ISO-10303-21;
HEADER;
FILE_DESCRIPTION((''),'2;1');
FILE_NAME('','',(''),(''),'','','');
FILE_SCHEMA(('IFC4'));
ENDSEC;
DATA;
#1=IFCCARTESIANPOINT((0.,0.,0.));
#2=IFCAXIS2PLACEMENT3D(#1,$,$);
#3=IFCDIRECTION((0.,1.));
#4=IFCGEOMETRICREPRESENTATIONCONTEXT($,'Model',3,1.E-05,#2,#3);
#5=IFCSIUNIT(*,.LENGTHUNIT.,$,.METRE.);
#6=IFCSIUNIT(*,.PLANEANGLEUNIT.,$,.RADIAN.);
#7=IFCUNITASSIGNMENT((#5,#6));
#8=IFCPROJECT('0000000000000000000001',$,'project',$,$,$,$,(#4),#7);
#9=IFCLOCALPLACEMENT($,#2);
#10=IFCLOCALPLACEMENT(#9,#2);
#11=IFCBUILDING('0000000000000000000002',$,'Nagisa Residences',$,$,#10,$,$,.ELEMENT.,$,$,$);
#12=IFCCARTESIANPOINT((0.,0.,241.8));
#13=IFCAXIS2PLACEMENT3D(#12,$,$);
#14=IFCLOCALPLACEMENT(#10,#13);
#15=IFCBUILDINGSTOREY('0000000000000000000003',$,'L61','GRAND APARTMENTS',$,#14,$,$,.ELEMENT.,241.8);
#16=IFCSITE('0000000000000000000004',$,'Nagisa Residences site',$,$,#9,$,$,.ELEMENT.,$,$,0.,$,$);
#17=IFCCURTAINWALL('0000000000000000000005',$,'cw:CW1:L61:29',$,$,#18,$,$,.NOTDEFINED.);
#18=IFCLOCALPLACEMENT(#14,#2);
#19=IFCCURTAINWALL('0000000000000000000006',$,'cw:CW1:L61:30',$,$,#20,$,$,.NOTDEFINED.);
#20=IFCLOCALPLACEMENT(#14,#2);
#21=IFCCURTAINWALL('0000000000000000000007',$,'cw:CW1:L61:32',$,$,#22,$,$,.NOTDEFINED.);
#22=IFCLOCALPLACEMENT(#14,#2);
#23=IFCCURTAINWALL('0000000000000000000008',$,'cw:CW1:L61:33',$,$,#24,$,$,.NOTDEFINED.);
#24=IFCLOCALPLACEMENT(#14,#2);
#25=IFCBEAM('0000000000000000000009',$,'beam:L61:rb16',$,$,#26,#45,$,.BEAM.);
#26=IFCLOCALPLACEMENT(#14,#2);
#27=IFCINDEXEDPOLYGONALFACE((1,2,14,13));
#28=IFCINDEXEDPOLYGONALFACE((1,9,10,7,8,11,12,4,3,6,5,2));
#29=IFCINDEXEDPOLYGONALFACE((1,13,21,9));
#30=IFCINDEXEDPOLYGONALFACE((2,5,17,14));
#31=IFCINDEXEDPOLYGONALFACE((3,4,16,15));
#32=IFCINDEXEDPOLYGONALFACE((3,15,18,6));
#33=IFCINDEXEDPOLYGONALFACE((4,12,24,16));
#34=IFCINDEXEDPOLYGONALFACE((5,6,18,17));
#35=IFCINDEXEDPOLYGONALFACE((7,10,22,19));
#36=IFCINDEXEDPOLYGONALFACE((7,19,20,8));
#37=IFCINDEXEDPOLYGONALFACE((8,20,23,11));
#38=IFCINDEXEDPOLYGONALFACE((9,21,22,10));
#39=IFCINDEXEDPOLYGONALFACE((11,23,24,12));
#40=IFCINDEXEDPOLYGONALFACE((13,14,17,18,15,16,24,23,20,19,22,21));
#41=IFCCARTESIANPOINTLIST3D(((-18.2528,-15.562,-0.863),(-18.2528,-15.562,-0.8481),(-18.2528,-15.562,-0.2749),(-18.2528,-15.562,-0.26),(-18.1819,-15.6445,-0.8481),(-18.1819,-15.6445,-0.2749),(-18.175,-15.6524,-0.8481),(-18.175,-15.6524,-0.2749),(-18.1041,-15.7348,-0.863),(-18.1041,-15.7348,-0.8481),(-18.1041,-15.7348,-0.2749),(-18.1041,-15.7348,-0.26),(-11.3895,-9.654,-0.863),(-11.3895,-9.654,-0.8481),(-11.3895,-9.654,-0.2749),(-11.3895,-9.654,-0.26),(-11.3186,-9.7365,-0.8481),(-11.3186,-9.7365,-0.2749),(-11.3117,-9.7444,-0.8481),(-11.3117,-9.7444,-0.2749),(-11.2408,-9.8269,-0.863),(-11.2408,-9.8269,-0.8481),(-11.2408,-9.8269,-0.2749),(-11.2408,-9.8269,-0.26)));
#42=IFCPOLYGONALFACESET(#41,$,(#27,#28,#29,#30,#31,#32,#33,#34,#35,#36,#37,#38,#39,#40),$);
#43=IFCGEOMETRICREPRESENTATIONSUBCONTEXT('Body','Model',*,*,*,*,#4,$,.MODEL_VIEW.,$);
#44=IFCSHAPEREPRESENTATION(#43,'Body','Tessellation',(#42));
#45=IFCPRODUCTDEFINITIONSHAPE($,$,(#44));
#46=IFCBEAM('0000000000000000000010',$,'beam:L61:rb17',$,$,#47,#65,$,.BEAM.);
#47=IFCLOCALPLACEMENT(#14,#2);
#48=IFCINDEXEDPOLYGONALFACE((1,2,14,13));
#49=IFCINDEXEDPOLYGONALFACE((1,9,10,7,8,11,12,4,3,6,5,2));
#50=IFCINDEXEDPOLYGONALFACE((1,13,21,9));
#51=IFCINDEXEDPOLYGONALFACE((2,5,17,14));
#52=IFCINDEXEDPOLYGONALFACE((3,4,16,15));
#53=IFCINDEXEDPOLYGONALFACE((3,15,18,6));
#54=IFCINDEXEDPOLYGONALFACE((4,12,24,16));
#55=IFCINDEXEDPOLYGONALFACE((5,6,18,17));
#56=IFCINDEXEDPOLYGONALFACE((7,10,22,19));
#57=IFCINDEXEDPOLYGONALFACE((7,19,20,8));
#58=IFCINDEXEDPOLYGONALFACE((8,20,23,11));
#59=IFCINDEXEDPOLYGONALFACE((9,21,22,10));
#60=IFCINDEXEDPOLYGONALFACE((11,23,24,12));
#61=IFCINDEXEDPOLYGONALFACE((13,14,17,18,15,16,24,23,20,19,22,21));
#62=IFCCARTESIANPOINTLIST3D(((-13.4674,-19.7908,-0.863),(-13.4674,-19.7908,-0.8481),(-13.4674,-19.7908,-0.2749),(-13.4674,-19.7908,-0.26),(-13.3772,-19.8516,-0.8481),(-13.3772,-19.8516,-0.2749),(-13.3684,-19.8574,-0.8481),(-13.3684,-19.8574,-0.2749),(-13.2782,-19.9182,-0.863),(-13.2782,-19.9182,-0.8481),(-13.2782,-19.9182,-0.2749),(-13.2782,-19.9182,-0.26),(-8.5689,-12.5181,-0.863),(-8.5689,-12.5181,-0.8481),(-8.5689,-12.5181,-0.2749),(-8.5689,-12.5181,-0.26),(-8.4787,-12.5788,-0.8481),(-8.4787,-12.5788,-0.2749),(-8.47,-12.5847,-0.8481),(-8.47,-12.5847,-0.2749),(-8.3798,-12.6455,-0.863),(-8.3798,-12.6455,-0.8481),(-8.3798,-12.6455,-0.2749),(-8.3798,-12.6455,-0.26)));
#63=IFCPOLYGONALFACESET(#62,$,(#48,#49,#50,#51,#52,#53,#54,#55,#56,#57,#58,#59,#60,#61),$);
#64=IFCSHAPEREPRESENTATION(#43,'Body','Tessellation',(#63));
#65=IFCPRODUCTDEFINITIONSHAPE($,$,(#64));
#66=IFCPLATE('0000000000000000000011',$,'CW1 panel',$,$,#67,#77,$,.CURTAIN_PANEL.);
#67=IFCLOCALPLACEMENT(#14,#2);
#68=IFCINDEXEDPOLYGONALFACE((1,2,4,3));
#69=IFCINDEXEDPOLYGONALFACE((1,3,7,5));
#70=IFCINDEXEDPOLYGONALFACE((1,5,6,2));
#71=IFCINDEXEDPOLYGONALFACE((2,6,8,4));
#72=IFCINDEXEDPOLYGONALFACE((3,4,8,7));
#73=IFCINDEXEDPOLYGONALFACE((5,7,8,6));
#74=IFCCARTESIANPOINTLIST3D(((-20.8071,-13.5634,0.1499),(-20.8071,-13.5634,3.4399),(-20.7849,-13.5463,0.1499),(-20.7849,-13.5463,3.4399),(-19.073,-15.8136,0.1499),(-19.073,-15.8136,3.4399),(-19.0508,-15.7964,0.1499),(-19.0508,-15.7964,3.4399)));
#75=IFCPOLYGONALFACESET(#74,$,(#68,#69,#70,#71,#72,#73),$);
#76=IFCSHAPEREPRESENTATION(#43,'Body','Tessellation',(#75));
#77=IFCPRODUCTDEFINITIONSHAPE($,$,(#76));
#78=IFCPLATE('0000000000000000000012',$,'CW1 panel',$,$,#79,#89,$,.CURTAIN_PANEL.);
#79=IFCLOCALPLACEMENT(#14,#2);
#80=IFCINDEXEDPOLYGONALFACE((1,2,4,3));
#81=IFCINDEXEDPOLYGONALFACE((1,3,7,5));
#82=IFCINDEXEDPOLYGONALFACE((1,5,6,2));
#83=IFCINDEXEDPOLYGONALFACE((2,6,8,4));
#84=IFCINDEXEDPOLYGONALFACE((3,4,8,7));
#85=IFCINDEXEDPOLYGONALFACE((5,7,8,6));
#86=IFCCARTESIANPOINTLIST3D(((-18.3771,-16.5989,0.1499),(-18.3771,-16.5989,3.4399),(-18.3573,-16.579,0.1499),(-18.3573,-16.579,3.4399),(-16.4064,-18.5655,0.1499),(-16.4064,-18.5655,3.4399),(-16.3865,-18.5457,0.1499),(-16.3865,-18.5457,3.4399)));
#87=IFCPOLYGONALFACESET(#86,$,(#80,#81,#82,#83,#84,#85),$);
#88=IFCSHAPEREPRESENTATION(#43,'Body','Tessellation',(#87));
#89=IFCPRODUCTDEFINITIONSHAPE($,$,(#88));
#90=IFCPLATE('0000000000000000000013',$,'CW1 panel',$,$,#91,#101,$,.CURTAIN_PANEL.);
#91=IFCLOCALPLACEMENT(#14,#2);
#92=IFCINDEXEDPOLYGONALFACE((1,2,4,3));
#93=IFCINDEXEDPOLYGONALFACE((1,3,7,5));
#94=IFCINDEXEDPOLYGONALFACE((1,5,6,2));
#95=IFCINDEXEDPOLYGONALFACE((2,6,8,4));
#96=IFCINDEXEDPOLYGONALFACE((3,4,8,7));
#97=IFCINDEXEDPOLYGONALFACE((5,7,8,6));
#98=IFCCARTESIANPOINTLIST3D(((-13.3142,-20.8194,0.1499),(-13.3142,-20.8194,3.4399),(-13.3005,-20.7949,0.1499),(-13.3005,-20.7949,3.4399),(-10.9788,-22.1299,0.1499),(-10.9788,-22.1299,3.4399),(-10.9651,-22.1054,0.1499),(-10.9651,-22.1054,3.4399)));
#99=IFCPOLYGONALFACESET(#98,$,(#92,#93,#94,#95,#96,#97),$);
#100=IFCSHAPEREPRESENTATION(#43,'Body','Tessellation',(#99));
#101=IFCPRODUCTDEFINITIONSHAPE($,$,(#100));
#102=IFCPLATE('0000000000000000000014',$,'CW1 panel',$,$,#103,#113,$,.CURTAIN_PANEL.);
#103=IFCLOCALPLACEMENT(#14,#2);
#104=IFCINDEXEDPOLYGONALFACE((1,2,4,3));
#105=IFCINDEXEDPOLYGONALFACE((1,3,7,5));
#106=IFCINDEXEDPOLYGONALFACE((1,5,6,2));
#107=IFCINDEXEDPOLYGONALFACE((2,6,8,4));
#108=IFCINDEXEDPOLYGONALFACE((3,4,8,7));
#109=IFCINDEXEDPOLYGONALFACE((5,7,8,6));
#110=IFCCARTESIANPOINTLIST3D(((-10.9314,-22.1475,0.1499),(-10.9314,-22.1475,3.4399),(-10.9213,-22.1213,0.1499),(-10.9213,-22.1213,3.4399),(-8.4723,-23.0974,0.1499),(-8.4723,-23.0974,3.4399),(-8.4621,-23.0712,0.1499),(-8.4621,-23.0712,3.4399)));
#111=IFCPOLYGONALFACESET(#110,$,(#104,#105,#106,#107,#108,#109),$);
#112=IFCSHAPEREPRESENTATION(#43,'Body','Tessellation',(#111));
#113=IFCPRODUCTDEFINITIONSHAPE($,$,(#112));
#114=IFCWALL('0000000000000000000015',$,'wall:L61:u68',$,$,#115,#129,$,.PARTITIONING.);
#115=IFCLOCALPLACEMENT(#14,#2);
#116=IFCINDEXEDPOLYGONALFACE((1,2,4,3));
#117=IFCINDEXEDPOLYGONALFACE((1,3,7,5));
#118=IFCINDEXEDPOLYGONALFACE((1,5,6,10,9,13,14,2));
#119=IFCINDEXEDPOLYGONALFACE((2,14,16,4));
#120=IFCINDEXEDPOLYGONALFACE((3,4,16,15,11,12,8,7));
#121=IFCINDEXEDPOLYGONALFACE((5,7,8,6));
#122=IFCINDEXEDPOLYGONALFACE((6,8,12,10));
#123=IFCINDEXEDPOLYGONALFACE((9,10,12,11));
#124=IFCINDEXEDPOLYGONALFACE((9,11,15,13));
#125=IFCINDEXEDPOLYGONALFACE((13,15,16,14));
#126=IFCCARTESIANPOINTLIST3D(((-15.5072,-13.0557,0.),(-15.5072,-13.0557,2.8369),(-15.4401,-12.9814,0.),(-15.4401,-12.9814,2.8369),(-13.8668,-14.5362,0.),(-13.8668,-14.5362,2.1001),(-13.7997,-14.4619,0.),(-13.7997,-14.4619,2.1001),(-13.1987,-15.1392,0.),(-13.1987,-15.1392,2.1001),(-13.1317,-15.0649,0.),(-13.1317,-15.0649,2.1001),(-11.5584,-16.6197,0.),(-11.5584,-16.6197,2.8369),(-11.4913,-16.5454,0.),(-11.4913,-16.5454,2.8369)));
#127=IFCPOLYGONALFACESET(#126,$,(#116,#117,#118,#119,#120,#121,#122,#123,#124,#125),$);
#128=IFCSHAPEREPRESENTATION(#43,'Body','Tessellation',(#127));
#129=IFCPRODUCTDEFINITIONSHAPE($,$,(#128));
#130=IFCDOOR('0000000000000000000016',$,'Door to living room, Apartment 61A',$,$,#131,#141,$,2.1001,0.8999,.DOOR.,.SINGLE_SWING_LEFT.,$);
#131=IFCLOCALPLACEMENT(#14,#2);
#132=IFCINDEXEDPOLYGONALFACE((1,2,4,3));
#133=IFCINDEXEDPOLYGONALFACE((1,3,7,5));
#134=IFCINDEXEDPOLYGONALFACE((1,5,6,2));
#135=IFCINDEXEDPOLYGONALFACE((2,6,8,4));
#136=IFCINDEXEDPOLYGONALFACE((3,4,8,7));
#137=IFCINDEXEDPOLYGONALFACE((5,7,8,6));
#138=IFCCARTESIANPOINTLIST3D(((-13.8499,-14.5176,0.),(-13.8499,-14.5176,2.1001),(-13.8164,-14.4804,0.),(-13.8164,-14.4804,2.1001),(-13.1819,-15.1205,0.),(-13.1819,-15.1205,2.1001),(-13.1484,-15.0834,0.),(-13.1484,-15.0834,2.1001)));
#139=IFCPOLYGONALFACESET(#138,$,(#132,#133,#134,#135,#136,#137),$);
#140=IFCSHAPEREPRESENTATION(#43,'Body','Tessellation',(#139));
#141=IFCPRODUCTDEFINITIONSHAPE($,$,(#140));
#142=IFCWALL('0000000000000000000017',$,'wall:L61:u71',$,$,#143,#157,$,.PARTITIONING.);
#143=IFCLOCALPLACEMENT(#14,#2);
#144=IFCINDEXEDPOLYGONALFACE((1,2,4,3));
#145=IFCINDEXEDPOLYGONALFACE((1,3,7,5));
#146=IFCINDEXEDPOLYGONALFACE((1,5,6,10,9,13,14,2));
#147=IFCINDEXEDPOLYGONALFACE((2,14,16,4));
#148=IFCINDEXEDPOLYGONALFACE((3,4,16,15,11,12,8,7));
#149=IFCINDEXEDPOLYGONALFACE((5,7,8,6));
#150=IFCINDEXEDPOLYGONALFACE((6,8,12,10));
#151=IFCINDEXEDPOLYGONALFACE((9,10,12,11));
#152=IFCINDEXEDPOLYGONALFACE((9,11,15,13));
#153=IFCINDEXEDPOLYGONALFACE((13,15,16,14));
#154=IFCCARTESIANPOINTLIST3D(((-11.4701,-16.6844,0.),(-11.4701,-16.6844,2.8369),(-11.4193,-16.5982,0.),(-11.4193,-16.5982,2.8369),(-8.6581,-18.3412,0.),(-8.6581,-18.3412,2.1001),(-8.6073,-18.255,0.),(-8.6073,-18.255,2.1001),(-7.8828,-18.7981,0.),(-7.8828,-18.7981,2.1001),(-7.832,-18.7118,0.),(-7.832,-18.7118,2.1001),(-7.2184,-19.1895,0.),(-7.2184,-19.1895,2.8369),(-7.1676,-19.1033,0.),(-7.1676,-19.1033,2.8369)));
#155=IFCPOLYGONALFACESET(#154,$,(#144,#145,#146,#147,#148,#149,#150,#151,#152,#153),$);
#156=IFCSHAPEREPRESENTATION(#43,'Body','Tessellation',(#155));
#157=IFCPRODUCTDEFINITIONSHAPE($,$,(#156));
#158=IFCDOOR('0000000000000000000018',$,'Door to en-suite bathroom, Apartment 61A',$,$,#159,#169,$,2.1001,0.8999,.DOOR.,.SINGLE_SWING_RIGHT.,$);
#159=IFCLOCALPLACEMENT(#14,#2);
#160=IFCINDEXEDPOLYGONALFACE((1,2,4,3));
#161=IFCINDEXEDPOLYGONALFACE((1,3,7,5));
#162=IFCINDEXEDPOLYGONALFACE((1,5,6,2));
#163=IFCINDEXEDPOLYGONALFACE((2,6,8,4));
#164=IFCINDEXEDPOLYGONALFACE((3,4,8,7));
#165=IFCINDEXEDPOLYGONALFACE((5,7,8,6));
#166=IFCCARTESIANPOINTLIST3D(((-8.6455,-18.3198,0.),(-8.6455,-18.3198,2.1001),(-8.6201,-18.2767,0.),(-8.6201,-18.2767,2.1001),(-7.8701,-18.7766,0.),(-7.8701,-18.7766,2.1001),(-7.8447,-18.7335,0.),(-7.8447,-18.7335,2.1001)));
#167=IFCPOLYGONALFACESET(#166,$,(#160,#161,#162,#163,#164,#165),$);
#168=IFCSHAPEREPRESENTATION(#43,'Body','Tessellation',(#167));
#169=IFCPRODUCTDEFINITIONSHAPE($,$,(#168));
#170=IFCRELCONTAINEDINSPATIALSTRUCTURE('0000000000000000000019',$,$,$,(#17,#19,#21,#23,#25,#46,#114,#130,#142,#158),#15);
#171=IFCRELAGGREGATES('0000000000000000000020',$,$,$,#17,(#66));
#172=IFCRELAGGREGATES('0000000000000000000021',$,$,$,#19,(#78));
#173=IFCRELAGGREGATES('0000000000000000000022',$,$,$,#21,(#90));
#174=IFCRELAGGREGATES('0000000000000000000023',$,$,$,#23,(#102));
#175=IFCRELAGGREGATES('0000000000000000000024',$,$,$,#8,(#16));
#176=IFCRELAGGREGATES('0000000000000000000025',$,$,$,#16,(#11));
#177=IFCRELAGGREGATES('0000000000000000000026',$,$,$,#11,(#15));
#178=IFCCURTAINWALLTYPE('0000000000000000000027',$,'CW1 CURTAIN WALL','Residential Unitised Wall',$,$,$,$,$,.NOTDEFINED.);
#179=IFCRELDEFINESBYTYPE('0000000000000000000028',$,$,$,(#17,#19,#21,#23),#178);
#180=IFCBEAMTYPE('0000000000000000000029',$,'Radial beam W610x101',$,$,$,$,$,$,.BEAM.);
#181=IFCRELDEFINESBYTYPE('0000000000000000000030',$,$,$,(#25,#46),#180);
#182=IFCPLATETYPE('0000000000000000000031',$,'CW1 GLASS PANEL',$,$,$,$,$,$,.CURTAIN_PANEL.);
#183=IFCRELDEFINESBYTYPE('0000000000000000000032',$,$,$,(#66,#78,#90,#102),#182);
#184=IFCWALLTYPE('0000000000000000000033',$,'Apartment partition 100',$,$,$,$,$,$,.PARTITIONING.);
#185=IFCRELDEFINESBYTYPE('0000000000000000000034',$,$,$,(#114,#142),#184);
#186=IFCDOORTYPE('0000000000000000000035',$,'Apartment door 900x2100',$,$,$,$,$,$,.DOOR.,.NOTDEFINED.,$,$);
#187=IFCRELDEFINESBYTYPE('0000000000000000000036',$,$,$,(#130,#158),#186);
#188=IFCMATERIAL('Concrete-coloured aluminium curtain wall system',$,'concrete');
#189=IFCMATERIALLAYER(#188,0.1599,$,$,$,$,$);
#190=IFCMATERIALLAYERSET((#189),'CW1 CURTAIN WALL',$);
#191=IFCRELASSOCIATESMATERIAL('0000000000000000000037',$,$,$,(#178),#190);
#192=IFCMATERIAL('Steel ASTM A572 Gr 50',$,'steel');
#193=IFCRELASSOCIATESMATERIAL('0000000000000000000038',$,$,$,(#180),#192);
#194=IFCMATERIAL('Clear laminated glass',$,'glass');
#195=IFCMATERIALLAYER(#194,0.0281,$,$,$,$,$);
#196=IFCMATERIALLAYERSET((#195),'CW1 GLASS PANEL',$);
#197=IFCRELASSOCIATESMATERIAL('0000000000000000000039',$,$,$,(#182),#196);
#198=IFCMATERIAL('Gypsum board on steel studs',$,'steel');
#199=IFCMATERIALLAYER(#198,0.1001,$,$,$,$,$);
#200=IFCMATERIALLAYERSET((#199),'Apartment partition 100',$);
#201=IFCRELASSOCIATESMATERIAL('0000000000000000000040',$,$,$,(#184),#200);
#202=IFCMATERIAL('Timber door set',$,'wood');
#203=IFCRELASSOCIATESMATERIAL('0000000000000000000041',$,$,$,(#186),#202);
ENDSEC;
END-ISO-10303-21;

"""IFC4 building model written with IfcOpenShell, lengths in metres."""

from ifc_helpers import new_model, si_unit, direction, frame, frame_2d, origin, origin_2d, place, context, subcontext, project, spatial, rectangle, i_section, extrude, material, layer, layer_set, material_profile, profile_set, type_object, element, fill, aggregate, save


model = new_model("IFC4")

# Units and contexts
model_context = context("Model", 3, precision=1e-05, world=origin(), true_north=direction((0.0, 1.0)))
body_context = subcontext(model_context, "Body", "Model", "MODEL_VIEW")
ifc_project = project(units=[si_unit("LENGTHUNIT", "METRE"), si_unit("PLANEANGLEUNIT", "RADIAN")], contexts=[model_context])

# Site, building, storey
site_placement = place(None, origin())
site = spatial("IfcSite", under=ifc_project, at=site_placement, Name="Nagisa Residences site", CompositionType="ELEMENT", RefElevation=0.0)
building_placement = place(site_placement, origin())
building = spatial("IfcBuilding", under=site, at=building_placement, Name="Nagisa Residences", CompositionType="ELEMENT")
storey_placement = place(building_placement, frame((0.0, 0.0, 241.8)))
storey = spatial("IfcBuildingStorey", under=building, at=storey_placement, Name="L61", Description="GRAND APARTMENTS", CompositionType="ELEMENT", Elevation=241.8)

# Curtain walls
ifc_material_1 = material(Name="Concrete-coloured aluminium curtain wall system", Category="concrete")
ifc_layer_1 = layer(ifc_material_1, 0.1599)
ifc_layer_set_1 = layer_set([ifc_layer_1], Name="CW1 CURTAIN WALL")
curtain_wall_type = type_object("IfcCurtainWallType", Name="CW1 CURTAIN WALL", Description="Residential Unitised Wall", PredefinedType="NOTDEFINED", material=ifc_layer_set_1)
curtain_wall_1_placement = place(storey_placement, origin())
curtain_wall_1 = element("IfcCurtainWall", 1, at=curtain_wall_1_placement, inside=storey, type_object=curtain_wall_type, Name="cw:CW1:L61:29", PredefinedType="NOTDEFINED")
curtain_wall_2_placement = place(storey_placement, origin())
curtain_wall_2 = element("IfcCurtainWall", 2, at=curtain_wall_2_placement, inside=storey, type_object=curtain_wall_type, Name="cw:CW1:L61:30", PredefinedType="NOTDEFINED")
curtain_wall_3_placement = place(storey_placement, origin())
curtain_wall_3 = element("IfcCurtainWall", 3, at=curtain_wall_3_placement, inside=storey, type_object=curtain_wall_type, Name="cw:CW1:L61:32", PredefinedType="NOTDEFINED")
curtain_wall_4_placement = place(storey_placement, origin())
curtain_wall_4 = element("IfcCurtainWall", 4, at=curtain_wall_4_placement, inside=storey, type_object=curtain_wall_type, Name="cw:CW1:L61:33", PredefinedType="NOTDEFINED")

# Beams
ifc_material_2 = material(Name="Steel ASTM A572 Gr 50", Category="steel")
ifc_material_profile_1 = material_profile(ifc_material_2, i_section(OverallWidth=0.228, OverallDepth=0.603, WebThickness=0.0105, FlangeThickness=0.0149, at=origin_2d()), Name="W610x101")
ifc_profile_set_1 = profile_set([ifc_material_profile_1], Name="Steel ASTM A572 Gr 50")
beam_type_1 = type_object("IfcBeamType", Name="Radial beam W610x101", PredefinedType="BEAM", material=ifc_profile_set_1)
beam_1_placement = place(storey_placement, frame((-18.1785, -15.6484, -0.5615), z_axis=(0.757883, 0.652391, 0.0), x_axis=(-0.652391, 0.757883, 0.0)))
element("IfcBeam", 5, at=beam_1_placement, inside=storey, type_object=beam_type_1, Name="beam:L61:rb16", PredefinedType="BEAM", context=body_context, shape_type="SweptSolid", body=[
    extrude(i_section(OverallWidth=0.228, OverallDepth=0.603, WebThickness=0.0105, FlangeThickness=0.0149, at=origin_2d()), origin(), (0.0, 0.0, 1.0), 9.0559),
])
beam_2_placement = place(storey_placement, frame((-13.3728, -19.8545, -0.5615), z_axis=(0.558639, 0.829411, 0.0), x_axis=(-0.829411, 0.558639, 0.0)))
element("IfcBeam", 6, at=beam_2_placement, inside=storey, type_object=beam_type_1, Name="beam:L61:rb17", PredefinedType="BEAM", context=body_context, shape_type="SweptSolid", body=[
    extrude(i_section(OverallWidth=0.228, OverallDepth=0.603, WebThickness=0.0105, FlangeThickness=0.0149, at=origin_2d()), origin(), (0.0, 0.0, 1.0), 8.7686),
])

# Plates
ifc_material_3 = material(Name="Clear laminated glass", Category="glass")
ifc_layer_2 = layer(ifc_material_3, 0.0281)
ifc_layer_set_2 = layer_set([ifc_layer_2], Name="CW1 GLASS PANEL")
plate_type = type_object("IfcPlateType", Name="CW1 GLASS PANEL", PredefinedType="CURTAIN_PANEL", material=ifc_layer_set_2)
plate_1_placement = place(storey_placement, frame((-19.929, -14.6799, 0.1499), z_axis=(0.0, 0.0, 1.0), x_axis=(0.61043, -0.79207, 0.0)))
plate_1 = element("IfcPlate", 7, at=plate_1_placement, type_object=plate_type, Name="CW1 panel", PredefinedType="CURTAIN_PANEL", context=body_context, shape_type="SweptSolid", body=[
    extrude(rectangle(XDim=2.8408, YDim=0.0281, at=origin_2d()), origin(), (0.0, 0.0, 1.0), 3.29),
])
aggregate(curtain_wall_1, [plate_1])
plate_2_placement = place(storey_placement, frame((-17.3818, -17.5723, 0.1499), z_axis=(0.0, 0.0, 1.0), x_axis=(0.707836, -0.706377, 0.0)))
plate_2 = element("IfcPlate", 8, at=plate_2_placement, type_object=plate_type, Name="CW1 panel", PredefinedType="CURTAIN_PANEL", context=body_context, shape_type="SweptSolid", body=[
    extrude(rectangle(XDim=2.7842, YDim=0.0281, at=origin_2d()), origin(), (0.0, 0.0, 1.0), 3.29),
])
aggregate(curtain_wall_2, [plate_2])
plate_3_placement = place(storey_placement, frame((-12.1396, -21.4624, 0.1499), z_axis=(0.0, 0.0, 1.0), x_axis=(0.872072, -0.489377, 0.0)))
plate_3 = element("IfcPlate", 9, at=plate_3_placement, type_object=plate_type, Name="CW1 panel", PredefinedType="CURTAIN_PANEL", context=body_context, shape_type="SweptSolid", body=[
    extrude(rectangle(XDim=2.678, YDim=0.0281, at=origin_2d()), origin(), (0.0, 0.0, 1.0), 3.29),
])
aggregate(curtain_wall_3, [plate_3])
plate_4_placement = place(storey_placement, frame((-9.6968, -22.6094, 0.1499), z_axis=(0.0, 0.0, 1.0), x_axis=(0.932826, -0.360328, 0.0)))
plate_4 = element("IfcPlate", 10, at=plate_4_placement, type_object=plate_type, Name="CW1 panel", PredefinedType="CURTAIN_PANEL", context=body_context, shape_type="SweptSolid", body=[
    extrude(rectangle(XDim=2.6362, YDim=0.0281, at=origin_2d()), origin(), (0.0, 0.0, 1.0), 3.29),
])
aggregate(curtain_wall_4, [plate_4])

# Walls, openings, doors
ifc_material_4 = material(Name="Gypsum board on steel studs", Category="steel")
ifc_layer_3 = layer(ifc_material_4, 0.1001)
ifc_layer_set_3 = layer_set([ifc_layer_3], Name="Apartment partition 100")
wall_type_1 = type_object("IfcWallType", Name="Apartment partition 100", PredefinedType="PARTITIONING", material=ifc_layer_set_3)
wall_1_placement = place(storey_placement, frame((-15.4736, -13.0186, 0.0), z_axis=(0.0, 0.0, 1.0), x_axis=(0.742349, -0.670014, 0.0)))
wall_1 = element("IfcWall", 11, at=wall_1_placement, inside=storey, type_object=wall_type_1, Name="wall:L61:u68", PredefinedType="PARTITIONING", context=body_context, shape_type="SweptSolid", body=[
    extrude(rectangle(XDim=5.3193, YDim=0.1001, at=frame_2d((2.6597, 0.0))), origin(), (0.0, 0.0, 1.0), 2.8369),
])
opening_1_placement = place(wall_1_placement, frame((2.2097, 0.0, 0.0)))
opening_1 = element("IfcOpeningElement", 12, at=opening_1_placement, cuts=wall_1, PredefinedType="OPENING", context=body_context, shape_type="SweptSolid", body=[
    extrude(rectangle(XDim=0.8999, YDim=2.1001, at=frame_2d((0.45, 1.05))), frame((0.0, 0.0601, 0.0), z_axis=(0.0, -1.0, 0.0), x_axis=(1.0, 0.0, 0.0)), (0.0, 0.0, 1.0), 0.1201),
])
ifc_material_5 = material(Name="Timber door set", Category="wood")
door_type_1 = type_object("IfcDoorType", Name="Apartment door 900x2100", OperationType="NOTDEFINED", PredefinedType="DOOR", material=ifc_material_5)
door_1_placement = place(opening_1_placement, frame((0.8999, 0.0, 0.0), x_axis=(-1.0, 0.0, 0.0)))
door_1 = element("IfcDoor", 13, at=door_1_placement, inside=storey, type_object=door_type_1, Name="Door to living room, Apartment 61A", OperationType="SINGLE_SWING_LEFT", OverallHeight=2.1001, OverallWidth=0.8999, PredefinedType="DOOR", context=body_context, shape_type="SweptSolid", body=[
    extrude(rectangle(XDim=0.8999, YDim=2.1001, at=frame_2d((0.45, 1.05))), frame((0.0, 0.0249, 0.0), z_axis=(0.0, -1.0, 0.0), x_axis=(1.0, 0.0, 0.0)), (0.0, 0.0, 1.0), 0.05),
])
fill(opening_1, door_1)
wall_2_placement = place(storey_placement, frame((-11.4446, -16.6414, 0.0), z_axis=(0.0, 0.0, 1.0), x_axis=(0.861569, -0.507641, 0.0)))
wall_2 = element("IfcWall", 14, at=wall_2_placement, inside=storey, type_object=wall_type_1, Name="wall:L61:u71", PredefinedType="PARTITIONING", context=body_context, shape_type="SweptSolid", body=[
    extrude(rectangle(XDim=4.9348, YDim=0.1001, at=frame_2d((2.4673, 0.0))), origin(), (0.0, 0.0, 1.0), 2.8369),
])
opening_2_placement = place(wall_2_placement, frame((3.2637, 0.0, 0.0)))
opening_2 = element("IfcOpeningElement", 15, at=opening_2_placement, cuts=wall_2, PredefinedType="OPENING", context=body_context, shape_type="SweptSolid", body=[
    extrude(rectangle(XDim=0.8999, YDim=2.1001, at=frame_2d((0.45, 1.05))), frame((0.0, 0.0601, 0.0), z_axis=(0.0, -1.0, 0.0), x_axis=(1.0, 0.0, 0.0)), (0.0, 0.0, 1.0), 0.1201),
])
door_2_placement = place(opening_2_placement, origin())
door_2 = element("IfcDoor", 16, at=door_2_placement, inside=storey, type_object=door_type_1, Name="Door to en-suite bathroom, Apartment 61A", OperationType="SINGLE_SWING_RIGHT", OverallHeight=2.1001, OverallWidth=0.8999, PredefinedType="DOOR", context=body_context, shape_type="SweptSolid", body=[
    extrude(rectangle(XDim=0.8999, YDim=2.1001, at=frame_2d((0.45, 1.05))), frame((0.0, 0.0249, 0.0), z_axis=(0.0, -1.0, 0.0), x_axis=(1.0, 0.0, 0.0)), (0.0, 0.0, 1.0), 0.05),
])
fill(opening_2, door_2)

save(model, "model.ifc")
